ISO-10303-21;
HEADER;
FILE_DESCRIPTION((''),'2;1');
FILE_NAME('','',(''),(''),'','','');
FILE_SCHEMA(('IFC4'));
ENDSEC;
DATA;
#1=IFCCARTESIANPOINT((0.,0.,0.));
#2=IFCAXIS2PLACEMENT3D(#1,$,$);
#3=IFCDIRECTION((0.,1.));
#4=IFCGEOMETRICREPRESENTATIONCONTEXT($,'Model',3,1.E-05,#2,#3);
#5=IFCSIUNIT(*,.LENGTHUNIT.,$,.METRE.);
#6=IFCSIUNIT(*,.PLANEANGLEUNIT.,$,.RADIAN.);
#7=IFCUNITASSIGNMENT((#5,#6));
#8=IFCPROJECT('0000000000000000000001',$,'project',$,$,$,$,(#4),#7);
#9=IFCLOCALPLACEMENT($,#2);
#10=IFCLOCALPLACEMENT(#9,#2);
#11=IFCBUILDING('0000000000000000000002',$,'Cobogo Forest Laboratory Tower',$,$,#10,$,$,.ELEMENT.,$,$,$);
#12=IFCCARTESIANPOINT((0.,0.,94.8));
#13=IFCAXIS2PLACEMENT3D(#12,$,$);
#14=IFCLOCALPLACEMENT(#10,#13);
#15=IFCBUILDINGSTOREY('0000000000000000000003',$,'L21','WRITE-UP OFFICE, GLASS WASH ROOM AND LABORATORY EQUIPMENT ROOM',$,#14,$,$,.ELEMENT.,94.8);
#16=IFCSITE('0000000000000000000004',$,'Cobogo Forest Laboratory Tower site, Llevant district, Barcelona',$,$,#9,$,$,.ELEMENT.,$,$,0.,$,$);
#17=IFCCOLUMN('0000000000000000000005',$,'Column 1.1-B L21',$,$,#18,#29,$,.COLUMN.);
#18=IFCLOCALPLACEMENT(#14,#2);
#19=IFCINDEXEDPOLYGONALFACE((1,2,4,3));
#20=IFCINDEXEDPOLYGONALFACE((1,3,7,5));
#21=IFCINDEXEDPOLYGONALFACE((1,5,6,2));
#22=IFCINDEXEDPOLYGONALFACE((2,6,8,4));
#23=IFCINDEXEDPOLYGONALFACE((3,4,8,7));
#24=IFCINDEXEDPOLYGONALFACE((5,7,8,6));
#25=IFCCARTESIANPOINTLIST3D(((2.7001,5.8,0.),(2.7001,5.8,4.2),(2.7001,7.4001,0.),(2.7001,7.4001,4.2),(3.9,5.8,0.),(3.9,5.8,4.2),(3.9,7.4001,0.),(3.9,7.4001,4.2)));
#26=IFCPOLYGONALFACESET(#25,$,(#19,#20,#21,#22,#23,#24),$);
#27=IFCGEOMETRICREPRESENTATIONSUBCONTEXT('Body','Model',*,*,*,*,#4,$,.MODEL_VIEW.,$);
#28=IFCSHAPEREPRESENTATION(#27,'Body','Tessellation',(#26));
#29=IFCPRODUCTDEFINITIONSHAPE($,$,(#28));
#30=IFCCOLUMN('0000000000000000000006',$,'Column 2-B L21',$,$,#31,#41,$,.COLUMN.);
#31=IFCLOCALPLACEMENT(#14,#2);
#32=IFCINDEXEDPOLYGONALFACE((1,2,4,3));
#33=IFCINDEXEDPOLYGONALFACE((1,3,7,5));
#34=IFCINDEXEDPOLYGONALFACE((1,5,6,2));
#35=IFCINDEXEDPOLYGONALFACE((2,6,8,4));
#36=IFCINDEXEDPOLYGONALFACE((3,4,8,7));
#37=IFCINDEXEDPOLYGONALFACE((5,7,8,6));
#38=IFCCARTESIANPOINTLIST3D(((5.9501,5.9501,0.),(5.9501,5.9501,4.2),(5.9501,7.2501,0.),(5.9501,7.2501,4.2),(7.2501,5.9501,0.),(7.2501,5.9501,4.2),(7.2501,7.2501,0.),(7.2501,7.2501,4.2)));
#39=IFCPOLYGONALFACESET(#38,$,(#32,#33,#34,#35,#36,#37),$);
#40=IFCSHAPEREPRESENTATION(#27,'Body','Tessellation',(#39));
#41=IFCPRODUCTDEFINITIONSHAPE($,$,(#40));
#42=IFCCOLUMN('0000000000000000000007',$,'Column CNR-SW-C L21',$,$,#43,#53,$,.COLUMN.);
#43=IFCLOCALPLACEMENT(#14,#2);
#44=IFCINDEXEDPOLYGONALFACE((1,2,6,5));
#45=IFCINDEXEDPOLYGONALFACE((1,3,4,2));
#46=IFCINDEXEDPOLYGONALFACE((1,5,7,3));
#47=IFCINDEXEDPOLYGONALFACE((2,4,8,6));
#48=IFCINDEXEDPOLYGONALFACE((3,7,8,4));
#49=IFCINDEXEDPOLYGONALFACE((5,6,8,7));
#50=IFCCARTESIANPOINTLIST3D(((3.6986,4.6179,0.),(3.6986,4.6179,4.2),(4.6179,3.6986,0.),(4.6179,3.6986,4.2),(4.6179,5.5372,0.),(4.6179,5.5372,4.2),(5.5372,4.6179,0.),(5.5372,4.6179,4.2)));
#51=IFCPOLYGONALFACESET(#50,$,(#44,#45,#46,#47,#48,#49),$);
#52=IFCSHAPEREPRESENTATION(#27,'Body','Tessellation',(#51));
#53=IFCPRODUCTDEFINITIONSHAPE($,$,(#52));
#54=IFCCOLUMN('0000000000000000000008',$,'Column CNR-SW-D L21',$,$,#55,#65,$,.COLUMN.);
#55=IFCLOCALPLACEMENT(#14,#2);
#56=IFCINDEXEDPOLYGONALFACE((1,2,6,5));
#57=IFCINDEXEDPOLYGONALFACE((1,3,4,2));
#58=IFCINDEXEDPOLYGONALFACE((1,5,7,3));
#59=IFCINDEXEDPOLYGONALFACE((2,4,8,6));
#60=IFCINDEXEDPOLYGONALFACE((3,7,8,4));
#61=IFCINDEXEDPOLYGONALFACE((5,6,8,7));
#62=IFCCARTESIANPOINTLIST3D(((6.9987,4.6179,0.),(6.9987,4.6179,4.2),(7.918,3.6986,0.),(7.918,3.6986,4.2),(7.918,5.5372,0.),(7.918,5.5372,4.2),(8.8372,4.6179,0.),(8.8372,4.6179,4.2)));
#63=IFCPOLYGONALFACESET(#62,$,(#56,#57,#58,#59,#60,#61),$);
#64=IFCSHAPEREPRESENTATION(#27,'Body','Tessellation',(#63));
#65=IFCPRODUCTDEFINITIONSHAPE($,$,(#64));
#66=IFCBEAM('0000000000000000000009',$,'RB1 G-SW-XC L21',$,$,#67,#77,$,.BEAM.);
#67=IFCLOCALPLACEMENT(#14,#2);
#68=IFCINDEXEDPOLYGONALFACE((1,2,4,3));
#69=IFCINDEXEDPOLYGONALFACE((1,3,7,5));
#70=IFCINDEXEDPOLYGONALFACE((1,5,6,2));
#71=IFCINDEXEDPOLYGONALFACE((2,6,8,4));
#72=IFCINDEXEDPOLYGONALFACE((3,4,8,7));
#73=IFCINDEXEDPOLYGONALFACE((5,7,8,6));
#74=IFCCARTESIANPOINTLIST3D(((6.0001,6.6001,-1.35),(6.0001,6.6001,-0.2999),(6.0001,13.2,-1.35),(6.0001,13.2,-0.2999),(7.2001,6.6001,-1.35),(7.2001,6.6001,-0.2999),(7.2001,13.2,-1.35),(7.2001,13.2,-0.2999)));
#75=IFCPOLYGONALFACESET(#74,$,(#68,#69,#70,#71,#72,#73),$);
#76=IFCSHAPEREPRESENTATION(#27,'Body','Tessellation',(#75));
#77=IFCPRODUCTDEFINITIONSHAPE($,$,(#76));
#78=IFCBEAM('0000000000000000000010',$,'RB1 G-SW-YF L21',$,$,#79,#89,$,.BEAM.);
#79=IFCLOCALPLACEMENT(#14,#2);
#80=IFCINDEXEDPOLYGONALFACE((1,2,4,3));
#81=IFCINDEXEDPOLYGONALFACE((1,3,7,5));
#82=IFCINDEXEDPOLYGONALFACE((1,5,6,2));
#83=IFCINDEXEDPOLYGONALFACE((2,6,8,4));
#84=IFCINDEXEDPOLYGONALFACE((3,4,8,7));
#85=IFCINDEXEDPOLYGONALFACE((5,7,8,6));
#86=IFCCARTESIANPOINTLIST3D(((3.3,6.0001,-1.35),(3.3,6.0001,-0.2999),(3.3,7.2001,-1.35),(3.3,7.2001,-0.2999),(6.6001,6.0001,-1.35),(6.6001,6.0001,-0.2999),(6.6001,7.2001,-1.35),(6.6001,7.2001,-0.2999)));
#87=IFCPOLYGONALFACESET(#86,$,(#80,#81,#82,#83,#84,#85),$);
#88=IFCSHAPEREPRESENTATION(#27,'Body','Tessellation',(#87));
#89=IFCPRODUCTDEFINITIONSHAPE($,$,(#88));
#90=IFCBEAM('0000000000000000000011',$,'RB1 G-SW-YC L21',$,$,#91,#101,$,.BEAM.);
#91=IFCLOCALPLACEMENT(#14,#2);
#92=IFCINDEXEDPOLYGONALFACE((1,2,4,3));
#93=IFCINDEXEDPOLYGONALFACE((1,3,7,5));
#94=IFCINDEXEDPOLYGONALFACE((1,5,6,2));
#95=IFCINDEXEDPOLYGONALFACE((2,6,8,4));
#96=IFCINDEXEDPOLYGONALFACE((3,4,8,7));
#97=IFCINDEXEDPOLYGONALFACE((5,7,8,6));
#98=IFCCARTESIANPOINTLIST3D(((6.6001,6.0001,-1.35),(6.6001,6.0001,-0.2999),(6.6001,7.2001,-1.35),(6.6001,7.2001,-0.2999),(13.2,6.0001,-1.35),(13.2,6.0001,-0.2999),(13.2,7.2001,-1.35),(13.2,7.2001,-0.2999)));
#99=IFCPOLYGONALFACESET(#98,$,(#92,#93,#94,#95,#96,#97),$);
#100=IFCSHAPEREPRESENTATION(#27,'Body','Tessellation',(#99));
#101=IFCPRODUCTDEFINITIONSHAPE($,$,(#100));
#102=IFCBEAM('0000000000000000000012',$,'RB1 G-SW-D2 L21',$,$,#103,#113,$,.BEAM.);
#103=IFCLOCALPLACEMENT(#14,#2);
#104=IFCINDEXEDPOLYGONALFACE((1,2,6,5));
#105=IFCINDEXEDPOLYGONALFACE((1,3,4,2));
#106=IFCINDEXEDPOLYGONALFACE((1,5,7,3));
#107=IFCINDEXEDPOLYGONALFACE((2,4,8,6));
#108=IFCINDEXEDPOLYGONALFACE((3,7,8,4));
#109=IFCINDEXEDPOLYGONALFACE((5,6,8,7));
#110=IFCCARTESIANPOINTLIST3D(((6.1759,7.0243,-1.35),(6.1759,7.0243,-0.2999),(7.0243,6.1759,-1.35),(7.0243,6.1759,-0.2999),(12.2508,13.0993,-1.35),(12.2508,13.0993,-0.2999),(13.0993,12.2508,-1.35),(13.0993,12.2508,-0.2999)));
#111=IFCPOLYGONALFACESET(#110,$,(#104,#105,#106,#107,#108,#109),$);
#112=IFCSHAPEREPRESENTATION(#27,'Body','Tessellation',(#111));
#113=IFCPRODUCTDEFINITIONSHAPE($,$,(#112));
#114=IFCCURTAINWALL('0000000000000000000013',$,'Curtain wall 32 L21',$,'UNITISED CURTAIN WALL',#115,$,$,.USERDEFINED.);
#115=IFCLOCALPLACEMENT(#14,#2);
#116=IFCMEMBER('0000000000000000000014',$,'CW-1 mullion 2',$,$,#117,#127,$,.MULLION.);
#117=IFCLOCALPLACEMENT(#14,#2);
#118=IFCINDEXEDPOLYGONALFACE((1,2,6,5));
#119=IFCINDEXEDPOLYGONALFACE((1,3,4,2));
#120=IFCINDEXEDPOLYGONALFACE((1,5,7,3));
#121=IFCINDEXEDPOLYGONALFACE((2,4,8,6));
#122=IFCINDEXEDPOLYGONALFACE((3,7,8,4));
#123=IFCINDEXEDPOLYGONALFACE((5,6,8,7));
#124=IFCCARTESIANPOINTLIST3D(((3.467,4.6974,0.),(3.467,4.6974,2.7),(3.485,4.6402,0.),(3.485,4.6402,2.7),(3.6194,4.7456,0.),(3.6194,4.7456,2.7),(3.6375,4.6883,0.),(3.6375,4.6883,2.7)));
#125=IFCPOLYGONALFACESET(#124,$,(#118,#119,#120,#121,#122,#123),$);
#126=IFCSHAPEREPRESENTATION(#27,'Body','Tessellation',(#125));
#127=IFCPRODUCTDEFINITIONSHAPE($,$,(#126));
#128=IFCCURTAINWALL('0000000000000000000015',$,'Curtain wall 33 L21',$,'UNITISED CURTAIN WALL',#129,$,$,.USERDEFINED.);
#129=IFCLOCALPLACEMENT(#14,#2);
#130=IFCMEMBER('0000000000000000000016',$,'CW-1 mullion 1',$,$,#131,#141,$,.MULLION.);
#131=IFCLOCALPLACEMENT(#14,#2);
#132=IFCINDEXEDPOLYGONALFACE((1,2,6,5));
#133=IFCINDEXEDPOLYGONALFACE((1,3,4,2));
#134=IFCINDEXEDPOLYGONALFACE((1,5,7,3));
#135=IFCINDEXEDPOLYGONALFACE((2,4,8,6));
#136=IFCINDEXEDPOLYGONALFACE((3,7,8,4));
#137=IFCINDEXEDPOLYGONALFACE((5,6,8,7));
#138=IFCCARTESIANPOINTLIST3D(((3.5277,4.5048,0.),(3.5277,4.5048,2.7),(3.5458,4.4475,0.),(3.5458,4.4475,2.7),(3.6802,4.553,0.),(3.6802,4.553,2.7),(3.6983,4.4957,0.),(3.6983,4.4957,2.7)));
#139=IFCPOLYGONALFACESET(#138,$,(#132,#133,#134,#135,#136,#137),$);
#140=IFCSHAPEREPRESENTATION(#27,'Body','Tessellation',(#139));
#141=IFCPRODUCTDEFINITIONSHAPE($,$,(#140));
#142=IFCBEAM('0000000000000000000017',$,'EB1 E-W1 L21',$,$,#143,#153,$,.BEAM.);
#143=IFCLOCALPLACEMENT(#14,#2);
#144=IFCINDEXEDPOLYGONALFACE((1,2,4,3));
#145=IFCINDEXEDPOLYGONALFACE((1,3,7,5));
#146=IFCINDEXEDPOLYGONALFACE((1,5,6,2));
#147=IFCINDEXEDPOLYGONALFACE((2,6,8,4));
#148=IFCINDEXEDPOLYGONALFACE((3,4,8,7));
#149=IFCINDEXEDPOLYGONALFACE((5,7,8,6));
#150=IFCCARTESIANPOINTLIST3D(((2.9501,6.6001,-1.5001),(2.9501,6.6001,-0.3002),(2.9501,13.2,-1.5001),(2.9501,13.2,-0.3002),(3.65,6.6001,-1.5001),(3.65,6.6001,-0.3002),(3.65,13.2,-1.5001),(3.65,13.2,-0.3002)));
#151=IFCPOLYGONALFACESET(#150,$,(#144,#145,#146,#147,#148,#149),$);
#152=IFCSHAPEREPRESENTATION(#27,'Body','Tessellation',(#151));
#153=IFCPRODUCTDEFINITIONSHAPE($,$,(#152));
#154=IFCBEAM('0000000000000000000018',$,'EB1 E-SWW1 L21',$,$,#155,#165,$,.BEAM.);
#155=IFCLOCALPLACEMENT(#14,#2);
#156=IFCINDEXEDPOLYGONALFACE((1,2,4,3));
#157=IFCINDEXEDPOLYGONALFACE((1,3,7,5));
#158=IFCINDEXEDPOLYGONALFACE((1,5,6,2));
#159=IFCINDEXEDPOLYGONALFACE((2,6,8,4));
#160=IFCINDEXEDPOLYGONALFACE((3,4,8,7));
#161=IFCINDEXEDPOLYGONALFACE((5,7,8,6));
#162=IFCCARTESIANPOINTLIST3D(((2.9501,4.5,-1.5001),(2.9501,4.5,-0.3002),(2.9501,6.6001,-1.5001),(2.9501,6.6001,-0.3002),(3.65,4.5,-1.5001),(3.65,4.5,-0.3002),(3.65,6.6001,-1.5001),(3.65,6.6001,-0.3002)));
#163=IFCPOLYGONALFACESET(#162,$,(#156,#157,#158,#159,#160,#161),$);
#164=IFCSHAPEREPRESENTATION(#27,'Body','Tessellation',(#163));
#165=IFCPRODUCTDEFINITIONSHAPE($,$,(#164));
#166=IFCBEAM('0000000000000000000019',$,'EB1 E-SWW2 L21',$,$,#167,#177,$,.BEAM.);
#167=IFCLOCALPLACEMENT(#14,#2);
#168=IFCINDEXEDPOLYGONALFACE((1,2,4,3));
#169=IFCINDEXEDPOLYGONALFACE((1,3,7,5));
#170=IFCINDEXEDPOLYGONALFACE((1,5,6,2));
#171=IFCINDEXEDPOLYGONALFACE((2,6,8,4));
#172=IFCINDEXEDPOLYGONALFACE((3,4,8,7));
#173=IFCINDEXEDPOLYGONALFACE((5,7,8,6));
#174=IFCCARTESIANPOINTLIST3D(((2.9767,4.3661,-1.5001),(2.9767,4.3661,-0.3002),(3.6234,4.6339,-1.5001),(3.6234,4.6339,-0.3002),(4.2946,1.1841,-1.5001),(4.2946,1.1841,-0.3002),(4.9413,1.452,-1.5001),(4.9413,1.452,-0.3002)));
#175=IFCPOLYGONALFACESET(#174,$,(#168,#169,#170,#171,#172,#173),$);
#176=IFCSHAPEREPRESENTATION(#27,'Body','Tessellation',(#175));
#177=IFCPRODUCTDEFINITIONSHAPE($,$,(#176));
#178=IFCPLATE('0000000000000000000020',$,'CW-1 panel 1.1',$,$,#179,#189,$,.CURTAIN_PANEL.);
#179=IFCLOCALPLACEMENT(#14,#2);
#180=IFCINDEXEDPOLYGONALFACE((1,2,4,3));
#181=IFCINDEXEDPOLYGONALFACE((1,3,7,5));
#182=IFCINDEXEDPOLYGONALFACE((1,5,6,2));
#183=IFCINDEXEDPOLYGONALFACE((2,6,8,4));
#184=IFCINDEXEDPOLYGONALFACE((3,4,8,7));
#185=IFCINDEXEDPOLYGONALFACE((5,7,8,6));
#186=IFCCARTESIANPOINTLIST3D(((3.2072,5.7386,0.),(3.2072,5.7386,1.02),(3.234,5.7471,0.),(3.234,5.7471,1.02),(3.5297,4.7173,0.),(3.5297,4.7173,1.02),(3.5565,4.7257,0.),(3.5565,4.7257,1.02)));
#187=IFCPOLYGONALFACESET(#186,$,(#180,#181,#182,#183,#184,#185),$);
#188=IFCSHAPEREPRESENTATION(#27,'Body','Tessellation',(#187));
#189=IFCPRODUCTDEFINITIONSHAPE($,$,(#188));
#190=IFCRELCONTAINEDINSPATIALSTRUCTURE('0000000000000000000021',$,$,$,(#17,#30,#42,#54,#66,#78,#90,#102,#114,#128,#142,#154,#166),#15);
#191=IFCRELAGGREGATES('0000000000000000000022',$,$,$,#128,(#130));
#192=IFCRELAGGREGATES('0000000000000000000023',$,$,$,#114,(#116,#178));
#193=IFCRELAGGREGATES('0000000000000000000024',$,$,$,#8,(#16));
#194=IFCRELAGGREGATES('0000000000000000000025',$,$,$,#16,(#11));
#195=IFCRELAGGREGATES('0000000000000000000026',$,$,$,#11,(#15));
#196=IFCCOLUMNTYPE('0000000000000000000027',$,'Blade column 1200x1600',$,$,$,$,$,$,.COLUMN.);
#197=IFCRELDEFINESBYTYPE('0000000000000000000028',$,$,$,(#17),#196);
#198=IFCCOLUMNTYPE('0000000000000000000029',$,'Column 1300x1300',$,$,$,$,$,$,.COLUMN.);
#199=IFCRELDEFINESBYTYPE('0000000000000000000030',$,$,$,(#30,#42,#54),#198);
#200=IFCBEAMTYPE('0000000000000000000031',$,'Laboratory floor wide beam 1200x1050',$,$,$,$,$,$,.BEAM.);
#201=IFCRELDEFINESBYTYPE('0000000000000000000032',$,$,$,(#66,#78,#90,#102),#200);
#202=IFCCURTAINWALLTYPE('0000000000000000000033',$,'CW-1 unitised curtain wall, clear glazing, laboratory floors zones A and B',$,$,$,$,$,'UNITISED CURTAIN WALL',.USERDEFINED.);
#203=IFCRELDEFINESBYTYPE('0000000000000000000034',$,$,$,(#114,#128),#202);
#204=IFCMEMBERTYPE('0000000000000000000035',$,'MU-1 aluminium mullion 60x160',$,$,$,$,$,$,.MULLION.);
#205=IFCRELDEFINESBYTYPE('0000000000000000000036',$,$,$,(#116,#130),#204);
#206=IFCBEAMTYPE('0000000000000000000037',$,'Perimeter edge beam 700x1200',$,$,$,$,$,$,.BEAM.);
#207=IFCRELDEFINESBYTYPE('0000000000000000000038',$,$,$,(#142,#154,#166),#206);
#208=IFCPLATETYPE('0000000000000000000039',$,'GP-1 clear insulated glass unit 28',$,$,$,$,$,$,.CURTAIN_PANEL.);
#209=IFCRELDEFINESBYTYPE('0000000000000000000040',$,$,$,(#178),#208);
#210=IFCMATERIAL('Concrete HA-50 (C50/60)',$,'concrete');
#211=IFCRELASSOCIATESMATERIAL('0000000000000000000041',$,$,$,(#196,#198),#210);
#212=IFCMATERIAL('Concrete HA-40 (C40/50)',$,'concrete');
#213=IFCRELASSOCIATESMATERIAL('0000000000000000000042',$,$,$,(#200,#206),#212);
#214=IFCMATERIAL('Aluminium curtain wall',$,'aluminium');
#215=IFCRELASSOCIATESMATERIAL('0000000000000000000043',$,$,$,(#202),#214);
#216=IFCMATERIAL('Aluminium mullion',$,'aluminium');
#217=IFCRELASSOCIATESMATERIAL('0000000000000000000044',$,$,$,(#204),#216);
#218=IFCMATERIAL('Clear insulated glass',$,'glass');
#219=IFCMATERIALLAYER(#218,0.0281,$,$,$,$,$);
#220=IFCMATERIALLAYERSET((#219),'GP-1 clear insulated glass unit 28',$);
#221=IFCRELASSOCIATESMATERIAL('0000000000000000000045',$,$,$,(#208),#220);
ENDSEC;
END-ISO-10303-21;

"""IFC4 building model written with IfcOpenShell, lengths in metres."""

from ifc_helpers import new_model, si_unit, direction, frame, origin, origin_2d, place, context, subcontext, project, spatial, rectangle, extrude, material, layer, layer_set, material_profile, profile_set, type_object, element, aggregate, save


model = new_model("IFC4")

# Units and contexts
model_context = context("Model", 3, precision=1e-05, world=origin(), true_north=direction((0.0, 1.0)))
body_context = subcontext(model_context, "Body", "Model", "MODEL_VIEW")
ifc_project = project(units=[si_unit("LENGTHUNIT", "METRE"), si_unit("PLANEANGLEUNIT", "RADIAN")], contexts=[model_context])

# Site, building, storey
site_placement = place(None, origin())
site = spatial("IfcSite", under=ifc_project, at=site_placement, Name="Cobogo Forest Laboratory Tower site, Llevant district, Barcelona", CompositionType="ELEMENT", RefElevation=0.0)
building_placement = place(site_placement, origin())
building = spatial("IfcBuilding", under=site, at=building_placement, Name="Cobogo Forest Laboratory Tower", CompositionType="ELEMENT")
storey_placement = place(building_placement, frame((0.0, 0.0, 94.8)))
storey = spatial("IfcBuildingStorey", under=building, at=storey_placement, Name="L21", Description="WRITE-UP OFFICE, GLASS WASH ROOM AND LABORATORY EQUIPMENT ROOM", CompositionType="ELEMENT", Elevation=94.8)

# Columns
ifc_material_1 = material(Name="Concrete HA-50 (C50/60)", Category="concrete")
ifc_material_profile_1 = material_profile(ifc_material_1, rectangle(XDim=1.6001, YDim=1.2, at=origin_2d()), Name="RC 1200x1600")
ifc_profile_set_1 = profile_set([ifc_material_profile_1], Name="Concrete HA-50 (C50/60)")
column_type_1 = type_object("IfcColumnType", Name="Blade column 1200x1600", PredefinedType="COLUMN", material=ifc_profile_set_1)
column_placement = place(storey_placement, frame((3.3, 6.6001, 0.0), z_axis=(0.0, 0.0, 1.0), x_axis=(0.0, 1.0, 0.0)))
element("IfcColumn", 1, at=column_placement, inside=storey, type_object=column_type_1, Name="Column 1.1-B L21", PredefinedType="COLUMN", context=body_context, shape_type="SweptSolid", body=[
    extrude(rectangle(XDim=1.6001, YDim=1.2, at=origin_2d()), origin(), (0.0, 0.0, 1.0), 4.2),
])
ifc_material_profile_2 = material_profile(ifc_material_1, rectangle(XDim=1.3, YDim=1.3, at=origin_2d()), Name="RC 1300x1300")
ifc_profile_set_2 = profile_set([ifc_material_profile_2], Name="Concrete HA-50 (C50/60)")
column_type_2 = type_object("IfcColumnType", Name="Column 1300x1300", PredefinedType="COLUMN", material=ifc_profile_set_2)
for number, where, z_axis, x_axis, name in (
    (2, (6.6001, 6.6001, 0.0), (0.0, 0.0, 1.0), (1.0, 0.0, 0.0), "Column 2-B L21"),
    (3, (4.6179, 4.6179, 0.0), (0.0, 0.0, 1.0), (0.707107, 0.707107, 0.0), "Column CNR-SW-C L21"),
    (4, (7.918, 4.6179, 0.0), (0.0, 0.0, 1.0), (0.707107, 0.707107, 0.0), "Column CNR-SW-D L21"),
):
    element("IfcColumn", number, at=place(storey_placement, frame(where, z_axis=z_axis, x_axis=x_axis)), inside=storey, type_object=column_type_2, Name=name, PredefinedType="COLUMN", context=body_context, shape_type="SweptSolid", body=[
        extrude(rectangle(XDim=1.3, YDim=1.3, at=origin_2d()), origin(), (0.0, 0.0, 1.0), 4.2),
    ])

# Beams
ifc_material_2 = material(Name="Concrete HA-40 (C40/50)", Category="concrete")
ifc_material_profile_3 = material_profile(ifc_material_2, rectangle(XDim=1.2, YDim=1.05, at=origin_2d()), Name="RC 1200x1050")
ifc_profile_set_3 = profile_set([ifc_material_profile_3], Name="Concrete HA-40 (C40/50)")
beam_type_1 = type_object("IfcBeamType", Name="Laboratory floor wide beam 1200x1050", PredefinedType="BEAM", material=ifc_profile_set_3)
beam_1_placement = place(storey_placement, frame((6.6001, 6.6001, -0.825), z_axis=(0.0, 1.0, 0.0), x_axis=(-1.0, 0.0, 0.0)))
element("IfcBeam", 5, at=beam_1_placement, inside=storey, type_object=beam_type_1, Name="RB1 G-SW-XC L21", PredefinedType="BEAM", context=body_context, shape_type="SweptSolid", body=[
    extrude(rectangle(XDim=1.2, YDim=1.05, at=origin_2d()), origin(), (0.0, 0.0, 1.0), 6.5999),
])
beam_2_placement = place(storey_placement, frame((3.3, 6.6001, -0.825), z_axis=(1.0, 0.0, 0.0), x_axis=(0.0, 1.0, 0.0)))
element("IfcBeam", 6, at=beam_2_placement, inside=storey, type_object=beam_type_1, Name="RB1 G-SW-YF L21", PredefinedType="BEAM", context=body_context, shape_type="SweptSolid", body=[
    extrude(rectangle(XDim=1.2, YDim=1.05, at=origin_2d()), origin(), (0.0, 0.0, 1.0), 3.3),
])
beam_3_placement = place(storey_placement, frame((6.6001, 6.6001, -0.825), z_axis=(1.0, 0.0, 0.0), x_axis=(0.0, 1.0, 0.0)))
element("IfcBeam", 7, at=beam_3_placement, inside=storey, type_object=beam_type_1, Name="RB1 G-SW-YC L21", PredefinedType="BEAM", context=body_context, shape_type="SweptSolid", body=[
    extrude(rectangle(XDim=1.2, YDim=1.05, at=origin_2d()), origin(), (0.0, 0.0, 1.0), 6.5999),
])
beam_4_placement = place(storey_placement, frame((6.6001, 6.6001, -0.825), z_axis=(0.707107, 0.707107, 0.0), x_axis=(-0.707107, 0.707107, 0.0)))
element("IfcBeam", 8, at=beam_4_placement, inside=storey, type_object=beam_type_1, Name="RB1 G-SW-D2 L21", PredefinedType="BEAM", context=body_context, shape_type="SweptSolid", body=[
    extrude(rectangle(XDim=1.2, YDim=1.05, at=origin_2d()), origin(), (0.0, 0.0, 1.0), 8.5913),
])

# Curtain walls, members
ifc_material_3 = material(Name="Aluminium curtain wall", Category="aluminium")
curtain_wall_type = type_object("IfcCurtainWallType", Name="CW-1 unitised curtain wall, clear glazing, laboratory floors zones A and B", ElementType="UNITISED CURTAIN WALL", PredefinedType="USERDEFINED", material=ifc_material_3)
curtain_wall_1_placement = place(storey_placement, origin())
curtain_wall_1 = element("IfcCurtainWall", 9, at=curtain_wall_1_placement, inside=storey, type_object=curtain_wall_type, Name="Curtain wall 32 L21", ObjectType="UNITISED CURTAIN WALL", PredefinedType="USERDEFINED")
ifc_material_4 = material(Name="Aluminium mullion", Category="aluminium")
ifc_material_profile_4 = material_profile(ifc_material_4, rectangle(XDim=0.0601, YDim=0.1599, at=origin_2d()), Name="AL 60x160")
ifc_profile_set_4 = profile_set([ifc_material_profile_4], Name="Aluminium mullion")
member_type = type_object("IfcMemberType", Name="MU-1 aluminium mullion 60x160", PredefinedType="MULLION", material=ifc_profile_set_4)
member_1_placement = place(storey_placement, frame((3.5522, 4.6929, 0.0), z_axis=(0.0, 0.0, 1.0), x_axis=(0.301136, -0.953581, 0.0)))
member_1 = element("IfcMember", 10, at=member_1_placement, type_object=member_type, Name="CW-1 mullion 2", PredefinedType="MULLION", context=body_context, shape_type="SweptSolid", body=[
    extrude(rectangle(XDim=0.0601, YDim=0.1599, at=origin_2d()), origin(), (0.0, 0.0, 1.0), 2.7),
])
curtain_wall_2_placement = place(storey_placement, origin())
curtain_wall_2 = element("IfcCurtainWall", 11, at=curtain_wall_2_placement, inside=storey, type_object=curtain_wall_type, Name="Curtain wall 33 L21", ObjectType="UNITISED CURTAIN WALL", PredefinedType="USERDEFINED")
member_2_placement = place(storey_placement, frame((3.613, 4.5002, 0.0), z_axis=(0.0, 0.0, 1.0), x_axis=(0.301135, -0.953581, 0.0)))
member_2 = element("IfcMember", 12, at=member_2_placement, type_object=member_type, Name="CW-1 mullion 1", PredefinedType="MULLION", context=body_context, shape_type="SweptSolid", body=[
    extrude(rectangle(XDim=0.0601, YDim=0.1599, at=origin_2d()), origin(), (0.0, 0.0, 1.0), 2.7),
])
aggregate(curtain_wall_2, [member_2])

# Beams
ifc_material_profile_5 = material_profile(ifc_material_2, rectangle(XDim=0.7, YDim=1.2, at=origin_2d()), Name="RC 700x1200")
ifc_profile_set_5 = profile_set([ifc_material_profile_5], Name="Concrete HA-40 (C40/50)")
beam_type_2 = type_object("IfcBeamType", Name="Perimeter edge beam 700x1200", PredefinedType="BEAM", material=ifc_profile_set_5)
beam_5_placement = place(storey_placement, frame((3.3, 6.6001, -0.9001), z_axis=(0.0, 1.0, 0.0), x_axis=(-1.0, 0.0, 0.0)))
element("IfcBeam", 13, at=beam_5_placement, inside=storey, type_object=beam_type_2, Name="EB1 E-W1 L21", PredefinedType="BEAM", context=body_context, shape_type="SweptSolid", body=[
    extrude(rectangle(XDim=0.7, YDim=1.2, at=origin_2d()), origin(), (0.0, 0.0, 1.0), 6.5999),
])
beam_6_placement = place(storey_placement, frame((3.3, 6.6001, -0.9001), z_axis=(0.0, -1.0, 0.0), x_axis=(1.0, 0.0, 0.0)))
element("IfcBeam", 14, at=beam_6_placement, inside=storey, type_object=beam_type_2, Name="EB1 E-SWW1 L21", PredefinedType="BEAM", context=body_context, shape_type="SweptSolid", body=[
    extrude(rectangle(XDim=0.7, YDim=1.2, at=origin_2d()), origin(), (0.0, 0.0, 1.0), 2.1001),
])
beam_7_placement = place(storey_placement, frame((3.3, 4.5, -0.9001), z_axis=(0.382656, -0.923891, 0.0), x_axis=(0.923891, 0.382656, 0.0)))
element("IfcBeam", 15, at=beam_7_placement, inside=storey, type_object=beam_type_2, Name="EB1 E-SWW2 L21", PredefinedType="BEAM", context=body_context, shape_type="SweptSolid", body=[
    extrude(rectangle(XDim=0.7, YDim=1.2, at=origin_2d()), origin(), (0.0, 0.0, 1.0), 3.4441),
])

# Plate
ifc_material_5 = material(Name="Clear insulated glass", Category="glass")
ifc_layer_1 = layer(ifc_material_5, 0.0281)
ifc_layer_set_1 = layer_set([ifc_layer_1], Name="GP-1 clear insulated glass unit 28")
plate_type = type_object("IfcPlateType", Name="GP-1 clear insulated glass unit 28", PredefinedType="CURTAIN_PANEL", material=ifc_layer_set_1)
plate_1_placement = place(storey_placement, frame((3.3818, 5.2322, 0.0), z_axis=(0.0, 0.0, 1.0), x_axis=(0.301136, -0.953581, 0.0)))
plate_1 = element("IfcPlate", 16, at=plate_1_placement, type_object=plate_type, Name="CW-1 panel 1.1", PredefinedType="CURTAIN_PANEL", context=body_context, shape_type="SweptSolid", body=[
    extrude(rectangle(XDim=1.071, YDim=0.0281, at=origin_2d()), origin(), (0.0, 0.0, 1.0), 1.02),
])
aggregate(curtain_wall_1, [member_1, plate_1])

save(model, "model.ifc")
